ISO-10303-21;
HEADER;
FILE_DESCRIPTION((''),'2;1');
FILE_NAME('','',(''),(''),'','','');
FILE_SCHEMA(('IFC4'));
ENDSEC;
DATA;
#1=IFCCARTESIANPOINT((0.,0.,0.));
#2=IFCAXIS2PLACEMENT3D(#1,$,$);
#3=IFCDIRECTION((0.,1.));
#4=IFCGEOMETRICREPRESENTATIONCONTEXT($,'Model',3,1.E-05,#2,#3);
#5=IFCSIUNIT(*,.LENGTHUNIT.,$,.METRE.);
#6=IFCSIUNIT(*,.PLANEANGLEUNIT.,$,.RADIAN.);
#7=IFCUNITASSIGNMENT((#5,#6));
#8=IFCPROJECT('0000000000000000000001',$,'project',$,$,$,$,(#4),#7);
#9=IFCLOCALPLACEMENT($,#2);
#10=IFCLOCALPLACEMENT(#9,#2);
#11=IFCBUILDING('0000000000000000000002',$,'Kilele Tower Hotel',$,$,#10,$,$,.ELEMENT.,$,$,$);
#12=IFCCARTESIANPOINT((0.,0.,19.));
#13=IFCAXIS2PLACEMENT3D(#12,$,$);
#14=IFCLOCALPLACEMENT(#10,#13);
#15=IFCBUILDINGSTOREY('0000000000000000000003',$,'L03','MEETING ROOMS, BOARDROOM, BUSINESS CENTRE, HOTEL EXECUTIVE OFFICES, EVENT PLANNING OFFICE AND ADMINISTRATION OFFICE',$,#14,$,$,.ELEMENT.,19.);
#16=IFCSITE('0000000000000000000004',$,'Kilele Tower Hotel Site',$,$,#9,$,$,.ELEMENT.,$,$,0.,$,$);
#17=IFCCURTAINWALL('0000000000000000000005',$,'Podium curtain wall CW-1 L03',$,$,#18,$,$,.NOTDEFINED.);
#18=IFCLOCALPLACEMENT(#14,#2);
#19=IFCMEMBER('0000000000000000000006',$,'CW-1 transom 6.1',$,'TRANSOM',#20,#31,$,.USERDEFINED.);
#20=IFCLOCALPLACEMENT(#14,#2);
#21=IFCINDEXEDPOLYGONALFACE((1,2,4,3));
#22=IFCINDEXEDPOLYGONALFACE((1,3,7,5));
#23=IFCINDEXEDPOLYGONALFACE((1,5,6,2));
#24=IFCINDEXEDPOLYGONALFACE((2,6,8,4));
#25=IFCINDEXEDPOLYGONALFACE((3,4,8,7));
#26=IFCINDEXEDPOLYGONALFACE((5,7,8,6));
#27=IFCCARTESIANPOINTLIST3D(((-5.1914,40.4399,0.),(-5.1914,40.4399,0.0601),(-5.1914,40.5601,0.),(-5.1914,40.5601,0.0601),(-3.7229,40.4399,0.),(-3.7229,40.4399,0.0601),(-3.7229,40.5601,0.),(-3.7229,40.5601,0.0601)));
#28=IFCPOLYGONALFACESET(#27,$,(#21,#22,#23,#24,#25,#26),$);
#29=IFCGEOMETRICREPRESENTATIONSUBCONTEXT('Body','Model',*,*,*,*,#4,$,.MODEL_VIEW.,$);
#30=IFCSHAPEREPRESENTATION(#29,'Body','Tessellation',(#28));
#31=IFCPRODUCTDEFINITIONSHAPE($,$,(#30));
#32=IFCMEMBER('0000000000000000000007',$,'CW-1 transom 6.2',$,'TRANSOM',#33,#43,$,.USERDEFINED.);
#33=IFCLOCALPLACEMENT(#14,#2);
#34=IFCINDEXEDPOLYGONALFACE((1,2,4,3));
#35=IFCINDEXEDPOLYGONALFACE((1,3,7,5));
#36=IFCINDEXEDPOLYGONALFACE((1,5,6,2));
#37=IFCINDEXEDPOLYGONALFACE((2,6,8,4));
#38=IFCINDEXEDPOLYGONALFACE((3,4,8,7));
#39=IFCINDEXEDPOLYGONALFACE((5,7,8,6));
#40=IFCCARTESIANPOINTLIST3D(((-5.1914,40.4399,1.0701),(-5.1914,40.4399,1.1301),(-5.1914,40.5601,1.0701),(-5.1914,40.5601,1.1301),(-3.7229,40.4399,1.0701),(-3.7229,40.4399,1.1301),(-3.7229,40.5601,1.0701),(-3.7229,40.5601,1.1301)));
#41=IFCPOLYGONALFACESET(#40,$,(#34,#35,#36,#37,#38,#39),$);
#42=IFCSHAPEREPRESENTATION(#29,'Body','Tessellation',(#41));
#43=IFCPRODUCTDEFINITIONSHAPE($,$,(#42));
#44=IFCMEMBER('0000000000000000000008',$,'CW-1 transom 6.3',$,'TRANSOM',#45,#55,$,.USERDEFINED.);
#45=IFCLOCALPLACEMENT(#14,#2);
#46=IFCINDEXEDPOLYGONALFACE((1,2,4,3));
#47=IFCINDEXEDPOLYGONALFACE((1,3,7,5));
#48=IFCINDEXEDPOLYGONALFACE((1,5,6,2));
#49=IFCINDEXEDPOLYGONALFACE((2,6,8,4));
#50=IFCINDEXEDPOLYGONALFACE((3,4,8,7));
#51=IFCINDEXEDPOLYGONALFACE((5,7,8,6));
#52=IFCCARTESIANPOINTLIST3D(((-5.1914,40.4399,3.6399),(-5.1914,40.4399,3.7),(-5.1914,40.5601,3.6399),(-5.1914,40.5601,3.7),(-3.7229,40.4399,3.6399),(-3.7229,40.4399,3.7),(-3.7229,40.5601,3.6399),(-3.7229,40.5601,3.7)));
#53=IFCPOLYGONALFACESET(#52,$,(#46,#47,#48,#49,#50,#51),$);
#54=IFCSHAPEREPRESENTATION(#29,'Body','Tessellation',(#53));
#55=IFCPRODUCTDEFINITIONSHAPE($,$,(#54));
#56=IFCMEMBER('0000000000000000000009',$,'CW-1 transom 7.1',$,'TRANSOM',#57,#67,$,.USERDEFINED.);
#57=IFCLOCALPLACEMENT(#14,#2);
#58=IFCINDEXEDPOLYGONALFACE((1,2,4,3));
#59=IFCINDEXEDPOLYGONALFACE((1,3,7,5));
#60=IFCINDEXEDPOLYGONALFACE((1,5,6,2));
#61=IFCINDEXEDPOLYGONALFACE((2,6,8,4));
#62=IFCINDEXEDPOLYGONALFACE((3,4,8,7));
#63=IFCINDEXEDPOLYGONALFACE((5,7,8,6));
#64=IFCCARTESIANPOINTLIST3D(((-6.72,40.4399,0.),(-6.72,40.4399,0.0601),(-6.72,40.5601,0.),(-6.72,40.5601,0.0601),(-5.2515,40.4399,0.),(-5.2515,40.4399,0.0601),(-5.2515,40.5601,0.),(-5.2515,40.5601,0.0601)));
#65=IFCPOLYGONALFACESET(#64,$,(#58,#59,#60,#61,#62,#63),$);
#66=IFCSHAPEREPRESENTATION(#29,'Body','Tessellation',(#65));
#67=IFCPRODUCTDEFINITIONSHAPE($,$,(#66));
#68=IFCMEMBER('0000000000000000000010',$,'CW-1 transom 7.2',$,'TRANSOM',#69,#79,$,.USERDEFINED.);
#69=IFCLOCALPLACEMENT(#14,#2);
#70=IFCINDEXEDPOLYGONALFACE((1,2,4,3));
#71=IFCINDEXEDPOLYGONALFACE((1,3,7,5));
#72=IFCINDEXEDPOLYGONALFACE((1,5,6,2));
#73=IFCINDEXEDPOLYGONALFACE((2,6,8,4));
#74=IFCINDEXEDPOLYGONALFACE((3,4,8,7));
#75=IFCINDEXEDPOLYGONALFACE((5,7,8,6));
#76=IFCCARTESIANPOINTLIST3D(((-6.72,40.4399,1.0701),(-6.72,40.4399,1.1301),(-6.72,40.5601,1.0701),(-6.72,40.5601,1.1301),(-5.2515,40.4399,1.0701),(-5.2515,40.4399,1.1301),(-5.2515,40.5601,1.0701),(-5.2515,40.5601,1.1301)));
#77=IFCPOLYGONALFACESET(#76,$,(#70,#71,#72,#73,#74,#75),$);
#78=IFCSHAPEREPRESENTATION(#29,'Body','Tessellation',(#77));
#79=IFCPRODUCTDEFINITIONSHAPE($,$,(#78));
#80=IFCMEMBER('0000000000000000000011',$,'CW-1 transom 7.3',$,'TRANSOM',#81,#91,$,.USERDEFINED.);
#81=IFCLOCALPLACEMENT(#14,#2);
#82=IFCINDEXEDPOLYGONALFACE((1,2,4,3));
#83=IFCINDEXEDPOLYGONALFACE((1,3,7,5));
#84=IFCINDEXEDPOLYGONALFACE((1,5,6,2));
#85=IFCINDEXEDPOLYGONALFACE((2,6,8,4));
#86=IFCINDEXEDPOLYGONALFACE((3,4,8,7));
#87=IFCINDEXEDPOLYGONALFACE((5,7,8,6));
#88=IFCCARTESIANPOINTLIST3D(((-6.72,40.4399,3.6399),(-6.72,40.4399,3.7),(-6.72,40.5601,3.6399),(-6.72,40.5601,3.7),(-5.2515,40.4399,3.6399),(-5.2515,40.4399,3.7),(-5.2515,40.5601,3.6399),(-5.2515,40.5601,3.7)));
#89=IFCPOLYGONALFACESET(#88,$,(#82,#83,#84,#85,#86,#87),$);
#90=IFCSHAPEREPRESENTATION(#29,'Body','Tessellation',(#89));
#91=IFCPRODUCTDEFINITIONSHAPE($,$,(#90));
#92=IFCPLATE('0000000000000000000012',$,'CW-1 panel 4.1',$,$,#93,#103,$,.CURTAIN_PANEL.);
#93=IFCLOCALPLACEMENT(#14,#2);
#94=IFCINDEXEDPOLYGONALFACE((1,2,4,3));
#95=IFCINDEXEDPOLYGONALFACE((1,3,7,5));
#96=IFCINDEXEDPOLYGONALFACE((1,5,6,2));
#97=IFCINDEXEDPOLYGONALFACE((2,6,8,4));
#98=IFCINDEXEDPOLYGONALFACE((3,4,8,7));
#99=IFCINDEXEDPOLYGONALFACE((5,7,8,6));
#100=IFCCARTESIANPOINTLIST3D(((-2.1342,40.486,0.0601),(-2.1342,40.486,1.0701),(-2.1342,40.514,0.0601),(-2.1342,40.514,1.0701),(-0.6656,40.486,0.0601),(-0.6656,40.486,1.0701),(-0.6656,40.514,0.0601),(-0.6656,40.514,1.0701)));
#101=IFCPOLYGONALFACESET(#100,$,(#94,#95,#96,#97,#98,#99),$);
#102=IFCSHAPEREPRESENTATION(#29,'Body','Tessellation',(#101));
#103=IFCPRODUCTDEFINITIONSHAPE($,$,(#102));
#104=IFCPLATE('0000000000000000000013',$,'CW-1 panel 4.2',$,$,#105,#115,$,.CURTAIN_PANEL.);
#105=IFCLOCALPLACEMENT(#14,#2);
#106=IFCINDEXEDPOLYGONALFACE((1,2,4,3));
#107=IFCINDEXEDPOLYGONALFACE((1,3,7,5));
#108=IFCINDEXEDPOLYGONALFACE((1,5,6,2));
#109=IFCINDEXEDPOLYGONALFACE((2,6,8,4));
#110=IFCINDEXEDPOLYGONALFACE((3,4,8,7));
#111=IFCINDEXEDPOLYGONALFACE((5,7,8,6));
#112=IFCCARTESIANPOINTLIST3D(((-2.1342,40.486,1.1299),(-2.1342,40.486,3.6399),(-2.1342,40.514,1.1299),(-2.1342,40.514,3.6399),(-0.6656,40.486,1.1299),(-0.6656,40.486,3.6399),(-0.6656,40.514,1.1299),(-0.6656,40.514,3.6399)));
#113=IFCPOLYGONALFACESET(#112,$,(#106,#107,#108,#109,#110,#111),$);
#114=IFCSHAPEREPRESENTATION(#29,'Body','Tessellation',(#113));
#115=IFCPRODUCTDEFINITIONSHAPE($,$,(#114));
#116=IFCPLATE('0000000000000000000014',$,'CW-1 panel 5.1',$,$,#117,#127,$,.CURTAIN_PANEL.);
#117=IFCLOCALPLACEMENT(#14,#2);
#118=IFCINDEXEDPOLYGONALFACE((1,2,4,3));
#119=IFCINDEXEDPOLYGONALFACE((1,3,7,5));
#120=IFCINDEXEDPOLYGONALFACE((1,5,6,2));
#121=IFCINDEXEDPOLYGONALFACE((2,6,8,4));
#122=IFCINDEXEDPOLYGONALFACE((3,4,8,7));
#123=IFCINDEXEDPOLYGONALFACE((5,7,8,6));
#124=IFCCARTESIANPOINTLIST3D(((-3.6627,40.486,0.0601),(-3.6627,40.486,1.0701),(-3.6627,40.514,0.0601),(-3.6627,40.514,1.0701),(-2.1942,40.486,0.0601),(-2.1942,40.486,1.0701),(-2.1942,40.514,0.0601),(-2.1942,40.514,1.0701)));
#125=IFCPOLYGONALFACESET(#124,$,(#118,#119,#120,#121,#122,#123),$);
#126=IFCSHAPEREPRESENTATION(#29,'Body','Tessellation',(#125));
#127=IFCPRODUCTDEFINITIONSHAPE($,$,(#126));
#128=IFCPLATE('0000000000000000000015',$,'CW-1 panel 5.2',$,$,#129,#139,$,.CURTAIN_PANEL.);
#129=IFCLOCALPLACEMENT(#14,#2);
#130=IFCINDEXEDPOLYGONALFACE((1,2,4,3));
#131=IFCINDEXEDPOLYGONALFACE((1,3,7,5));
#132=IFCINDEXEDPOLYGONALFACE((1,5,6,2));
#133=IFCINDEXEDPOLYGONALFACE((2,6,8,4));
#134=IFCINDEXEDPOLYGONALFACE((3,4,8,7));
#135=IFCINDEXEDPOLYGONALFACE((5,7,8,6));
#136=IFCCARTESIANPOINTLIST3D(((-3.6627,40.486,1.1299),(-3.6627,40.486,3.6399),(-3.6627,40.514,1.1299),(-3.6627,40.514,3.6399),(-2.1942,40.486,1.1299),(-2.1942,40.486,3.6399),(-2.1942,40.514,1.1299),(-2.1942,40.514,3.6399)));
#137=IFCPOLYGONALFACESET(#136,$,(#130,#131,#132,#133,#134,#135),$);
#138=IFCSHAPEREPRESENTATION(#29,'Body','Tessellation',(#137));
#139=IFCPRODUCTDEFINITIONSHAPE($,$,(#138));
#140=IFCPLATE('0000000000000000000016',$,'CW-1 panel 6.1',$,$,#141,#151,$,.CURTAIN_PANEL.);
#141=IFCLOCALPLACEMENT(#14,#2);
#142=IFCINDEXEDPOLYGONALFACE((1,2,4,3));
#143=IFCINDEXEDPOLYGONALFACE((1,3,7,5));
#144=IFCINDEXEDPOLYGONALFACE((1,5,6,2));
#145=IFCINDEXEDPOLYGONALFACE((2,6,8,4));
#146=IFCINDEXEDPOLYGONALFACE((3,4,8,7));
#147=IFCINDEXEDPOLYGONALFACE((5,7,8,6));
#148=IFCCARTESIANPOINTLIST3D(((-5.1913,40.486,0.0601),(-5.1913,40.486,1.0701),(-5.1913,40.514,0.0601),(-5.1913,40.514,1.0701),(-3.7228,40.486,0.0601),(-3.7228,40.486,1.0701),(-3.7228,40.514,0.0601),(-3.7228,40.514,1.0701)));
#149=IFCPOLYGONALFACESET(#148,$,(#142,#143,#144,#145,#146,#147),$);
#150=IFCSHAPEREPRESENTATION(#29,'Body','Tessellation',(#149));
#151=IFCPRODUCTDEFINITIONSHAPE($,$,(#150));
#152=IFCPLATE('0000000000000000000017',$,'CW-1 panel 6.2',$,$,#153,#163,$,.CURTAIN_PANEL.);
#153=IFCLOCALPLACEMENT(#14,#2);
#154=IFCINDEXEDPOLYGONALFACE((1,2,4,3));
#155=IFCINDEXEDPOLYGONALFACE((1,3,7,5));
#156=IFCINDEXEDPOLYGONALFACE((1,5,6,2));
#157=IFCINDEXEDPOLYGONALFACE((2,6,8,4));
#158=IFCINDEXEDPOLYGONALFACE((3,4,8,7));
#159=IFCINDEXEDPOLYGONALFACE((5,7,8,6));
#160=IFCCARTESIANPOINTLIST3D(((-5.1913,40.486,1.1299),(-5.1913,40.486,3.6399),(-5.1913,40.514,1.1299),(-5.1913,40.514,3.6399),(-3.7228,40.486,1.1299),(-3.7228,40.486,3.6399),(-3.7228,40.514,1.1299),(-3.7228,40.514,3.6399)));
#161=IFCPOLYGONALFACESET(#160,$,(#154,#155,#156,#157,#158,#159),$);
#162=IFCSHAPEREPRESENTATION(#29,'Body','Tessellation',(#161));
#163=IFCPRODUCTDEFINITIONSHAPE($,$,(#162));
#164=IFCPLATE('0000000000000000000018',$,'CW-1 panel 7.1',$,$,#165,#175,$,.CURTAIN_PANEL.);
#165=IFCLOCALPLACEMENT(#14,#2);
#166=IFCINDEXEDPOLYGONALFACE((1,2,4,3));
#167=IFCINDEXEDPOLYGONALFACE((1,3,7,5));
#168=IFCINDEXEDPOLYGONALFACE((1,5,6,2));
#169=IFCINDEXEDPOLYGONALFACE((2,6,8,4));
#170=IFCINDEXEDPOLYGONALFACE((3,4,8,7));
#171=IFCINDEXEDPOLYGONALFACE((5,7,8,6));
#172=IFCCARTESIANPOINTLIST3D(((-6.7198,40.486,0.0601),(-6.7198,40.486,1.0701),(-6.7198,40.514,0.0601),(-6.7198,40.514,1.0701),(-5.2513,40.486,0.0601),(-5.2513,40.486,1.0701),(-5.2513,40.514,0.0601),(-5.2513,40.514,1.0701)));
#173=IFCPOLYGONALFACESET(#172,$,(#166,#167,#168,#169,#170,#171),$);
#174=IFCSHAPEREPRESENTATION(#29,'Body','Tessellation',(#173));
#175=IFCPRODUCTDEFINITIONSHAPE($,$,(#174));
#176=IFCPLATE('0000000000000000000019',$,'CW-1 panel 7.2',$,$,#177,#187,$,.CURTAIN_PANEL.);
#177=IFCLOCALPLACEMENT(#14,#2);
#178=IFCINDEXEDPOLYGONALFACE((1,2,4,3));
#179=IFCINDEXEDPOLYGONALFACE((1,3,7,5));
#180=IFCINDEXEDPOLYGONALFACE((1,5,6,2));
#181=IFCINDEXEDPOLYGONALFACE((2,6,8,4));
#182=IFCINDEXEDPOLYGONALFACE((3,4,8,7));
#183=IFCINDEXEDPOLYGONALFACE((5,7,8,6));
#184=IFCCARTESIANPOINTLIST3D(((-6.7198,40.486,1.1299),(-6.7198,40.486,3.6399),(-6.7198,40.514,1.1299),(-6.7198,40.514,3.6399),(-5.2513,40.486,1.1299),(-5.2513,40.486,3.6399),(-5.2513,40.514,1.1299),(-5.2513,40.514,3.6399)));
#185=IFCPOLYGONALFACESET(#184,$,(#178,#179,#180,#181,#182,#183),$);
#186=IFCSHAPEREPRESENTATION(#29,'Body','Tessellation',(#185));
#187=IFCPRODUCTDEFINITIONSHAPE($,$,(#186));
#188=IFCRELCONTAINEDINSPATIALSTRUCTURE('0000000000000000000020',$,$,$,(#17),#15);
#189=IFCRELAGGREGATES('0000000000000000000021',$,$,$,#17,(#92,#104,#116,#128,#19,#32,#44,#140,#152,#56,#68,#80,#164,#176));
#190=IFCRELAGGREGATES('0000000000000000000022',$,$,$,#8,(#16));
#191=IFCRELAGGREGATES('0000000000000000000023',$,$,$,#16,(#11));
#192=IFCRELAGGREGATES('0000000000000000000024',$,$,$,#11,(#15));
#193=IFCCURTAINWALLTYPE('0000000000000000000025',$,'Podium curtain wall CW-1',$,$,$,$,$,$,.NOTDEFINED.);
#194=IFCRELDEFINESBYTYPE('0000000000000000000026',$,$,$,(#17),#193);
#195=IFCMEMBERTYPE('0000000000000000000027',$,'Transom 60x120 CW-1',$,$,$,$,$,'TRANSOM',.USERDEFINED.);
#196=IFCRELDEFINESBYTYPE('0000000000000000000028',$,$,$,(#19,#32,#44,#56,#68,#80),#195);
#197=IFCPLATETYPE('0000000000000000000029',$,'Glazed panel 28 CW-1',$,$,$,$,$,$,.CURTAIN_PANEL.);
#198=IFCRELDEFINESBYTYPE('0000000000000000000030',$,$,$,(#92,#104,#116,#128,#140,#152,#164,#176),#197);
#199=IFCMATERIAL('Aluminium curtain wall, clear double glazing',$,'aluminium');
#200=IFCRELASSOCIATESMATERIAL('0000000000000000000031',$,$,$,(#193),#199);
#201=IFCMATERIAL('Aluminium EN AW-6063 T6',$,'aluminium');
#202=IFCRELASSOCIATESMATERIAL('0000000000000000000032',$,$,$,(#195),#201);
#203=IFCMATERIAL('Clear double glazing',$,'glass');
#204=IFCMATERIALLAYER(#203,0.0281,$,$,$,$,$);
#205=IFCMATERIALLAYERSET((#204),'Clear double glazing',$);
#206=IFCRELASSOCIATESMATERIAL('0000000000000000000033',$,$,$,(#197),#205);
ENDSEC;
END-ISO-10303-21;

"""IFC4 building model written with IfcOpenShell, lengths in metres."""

from ifc_helpers import new_model, si_unit, direction, frame, origin, origin_2d, place, context, subcontext, project, spatial, rectangle, extrude, material, layer, layer_set, material_profile, profile_set, type_object, element, aggregate, save


model = new_model("IFC4")

# Units and contexts
model_context = context("Model", 3, precision=1e-05, world=origin(), true_north=direction((0.0, 1.0)))
body_context = subcontext(model_context, "Body", "Model", "MODEL_VIEW")
ifc_project = project(units=[si_unit("LENGTHUNIT", "METRE"), si_unit("PLANEANGLEUNIT", "RADIAN")], contexts=[model_context])

# Site, building, storey
site_placement = place(None, origin())
site = spatial("IfcSite", under=ifc_project, at=site_placement, Name="Kilele Tower Hotel Site", CompositionType="ELEMENT", RefElevation=0.0)
building_placement = place(site_placement, origin())
building = spatial("IfcBuilding", under=site, at=building_placement, Name="Kilele Tower Hotel", CompositionType="ELEMENT")
storey_placement = place(building_placement, frame((0.0, 0.0, 19.0)))
storey = spatial("IfcBuildingStorey", under=building, at=storey_placement, Name="L03", Description="MEETING ROOMS, BOARDROOM, BUSINESS CENTRE, HOTEL EXECUTIVE OFFICES, EVENT PLANNING OFFICE AND ADMINISTRATION OFFICE", CompositionType="ELEMENT", Elevation=19.0)

# Curtain wall
ifc_material_1 = material(Name="Aluminium curtain wall, clear double glazing", Category="aluminium")
curtain_wall_type = type_object("IfcCurtainWallType", Name="Podium curtain wall CW-1", PredefinedType="NOTDEFINED", material=ifc_material_1)
curtain_wall_placement = place(storey_placement, origin())
curtain_wall = element("IfcCurtainWall", 1, at=curtain_wall_placement, inside=storey, type_object=curtain_wall_type, Name="Podium curtain wall CW-1 L03", PredefinedType="NOTDEFINED")

# Members
ifc_material_2 = material(Name="Aluminium EN AW-6063 T6", Category="aluminium")
ifc_material_profile_1 = material_profile(ifc_material_2, rectangle(XDim=0.1201, YDim=0.0601, at=origin_2d()))
ifc_profile_set_1 = profile_set([ifc_material_profile_1], Name="Aluminium EN AW-6063 T6")
member_type_1 = type_object("IfcMemberType", Name="Transom 60x120 CW-1", ElementType="TRANSOM", PredefinedType="USERDEFINED", material=ifc_profile_set_1)
member_1_placement = place(storey_placement, frame((-3.7229, 40.5, 0.03), z_axis=(-1.0, 0.0, 0.0), x_axis=(0.0, -1.0, 0.0)))
member_1 = element("IfcMember", 2, at=member_1_placement, type_object=member_type_1, Name="CW-1 transom 6.1", ObjectType="TRANSOM", PredefinedType="USERDEFINED", context=body_context, shape_type="SweptSolid", body=[
    extrude(rectangle(XDim=0.1201, YDim=0.0601, at=origin_2d()), origin(), (0.0, 0.0, 1.0), 1.4685),
])
member_2_placement = place(storey_placement, frame((-3.7229, 40.5, 1.1001), z_axis=(-1.0, 0.0, 0.0), x_axis=(0.0, -1.0, 0.0)))
member_2 = element("IfcMember", 3, at=member_2_placement, type_object=member_type_1, Name="CW-1 transom 6.2", ObjectType="TRANSOM", PredefinedType="USERDEFINED", context=body_context, shape_type="SweptSolid", body=[
    extrude(rectangle(XDim=0.1201, YDim=0.0601, at=origin_2d()), origin(), (0.0, 0.0, 1.0), 1.4685),
])
member_3_placement = place(storey_placement, frame((-3.7229, 40.5, 3.6699), z_axis=(-1.0, 0.0, 0.0), x_axis=(0.0, -1.0, 0.0)))
member_3 = element("IfcMember", 4, at=member_3_placement, type_object=member_type_1, Name="CW-1 transom 6.3", ObjectType="TRANSOM", PredefinedType="USERDEFINED", context=body_context, shape_type="SweptSolid", body=[
    extrude(rectangle(XDim=0.1201, YDim=0.0601, at=origin_2d()), origin(), (0.0, 0.0, 1.0), 1.4685),
])
member_4_placement = place(storey_placement, frame((-5.2515, 40.5, 0.03), z_axis=(-1.0, 0.0, 0.0), x_axis=(0.0, -1.0, 0.0)))
member_4 = element("IfcMember", 5, at=member_4_placement, type_object=member_type_1, Name="CW-1 transom 7.1", ObjectType="TRANSOM", PredefinedType="USERDEFINED", context=body_context, shape_type="SweptSolid", body=[
    extrude(rectangle(XDim=0.1201, YDim=0.0601, at=origin_2d()), origin(), (0.0, 0.0, 1.0), 1.4685),
])
member_5_placement = place(storey_placement, frame((-5.2515, 40.5, 1.1001), z_axis=(-1.0, 0.0, 0.0), x_axis=(0.0, -1.0, 0.0)))
member_5 = element("IfcMember", 6, at=member_5_placement, type_object=member_type_1, Name="CW-1 transom 7.2", ObjectType="TRANSOM", PredefinedType="USERDEFINED", context=body_context, shape_type="SweptSolid", body=[
    extrude(rectangle(XDim=0.1201, YDim=0.0601, at=origin_2d()), origin(), (0.0, 0.0, 1.0), 1.4685),
])
member_6_placement = place(storey_placement, frame((-5.2515, 40.5, 3.6699), z_axis=(-1.0, 0.0, 0.0), x_axis=(0.0, -1.0, 0.0)))
member_6 = element("IfcMember", 7, at=member_6_placement, type_object=member_type_1, Name="CW-1 transom 7.3", ObjectType="TRANSOM", PredefinedType="USERDEFINED", context=body_context, shape_type="SweptSolid", body=[
    extrude(rectangle(XDim=0.1201, YDim=0.0601, at=origin_2d()), origin(), (0.0, 0.0, 1.0), 1.4685),
])

# Plates
ifc_material_3 = material(Name="Clear double glazing", Category="glass")
ifc_layer = layer(ifc_material_3, 0.0281)
ifc_layer_set = layer_set([ifc_layer], Name="Clear double glazing")
plate_type = type_object("IfcPlateType", Name="Glazed panel 28 CW-1", PredefinedType="CURTAIN_PANEL", material=ifc_layer_set)
plate_1_placement = place(storey_placement, frame((-1.3999, 40.5, 0.0601), z_axis=(0.0, 0.0, 1.0), x_axis=(-1.0, 0.0, 0.0)))
plate_1 = element("IfcPlate", 8, at=plate_1_placement, type_object=plate_type, Name="CW-1 panel 4.1", PredefinedType="CURTAIN_PANEL", context=body_context, shape_type="SweptSolid", body=[
    extrude(rectangle(XDim=1.4685, YDim=0.0281, at=origin_2d()), origin(), (0.0, 0.0, 1.0), 1.01),
])
plate_2_placement = place(storey_placement, frame((-1.3999, 40.5, 1.1299), z_axis=(0.0, 0.0, 1.0), x_axis=(-1.0, 0.0, 0.0)))
plate_2 = element("IfcPlate", 9, at=plate_2_placement, type_object=plate_type, Name="CW-1 panel 4.2", PredefinedType="CURTAIN_PANEL", context=body_context, shape_type="SweptSolid", body=[
    extrude(rectangle(XDim=1.4685, YDim=0.0281, at=origin_2d()), origin(), (0.0, 0.0, 1.0), 2.51),
])
plate_3_placement = place(storey_placement, frame((-2.9285, 40.5, 0.0601), z_axis=(0.0, 0.0, 1.0), x_axis=(-1.0, 0.0, 0.0)))
plate_3 = element("IfcPlate", 10, at=plate_3_placement, type_object=plate_type, Name="CW-1 panel 5.1", PredefinedType="CURTAIN_PANEL", context=body_context, shape_type="SweptSolid", body=[
    extrude(rectangle(XDim=1.4685, YDim=0.0281, at=origin_2d()), origin(), (0.0, 0.0, 1.0), 1.01),
])
plate_4_placement = place(storey_placement, frame((-2.9285, 40.5, 1.1299), z_axis=(0.0, 0.0, 1.0), x_axis=(-1.0, 0.0, 0.0)))
plate_4 = element("IfcPlate", 11, at=plate_4_placement, type_object=plate_type, Name="CW-1 panel 5.2", PredefinedType="CURTAIN_PANEL", context=body_context, shape_type="SweptSolid", body=[
    extrude(rectangle(XDim=1.4685, YDim=0.0281, at=origin_2d()), origin(), (0.0, 0.0, 1.0), 2.51),
])
plate_5_placement = place(storey_placement, frame((-4.457, 40.5, 0.0601), z_axis=(0.0, 0.0, 1.0), x_axis=(-1.0, 0.0, 0.0)))
plate_5 = element("IfcPlate", 12, at=plate_5_placement, type_object=plate_type, Name="CW-1 panel 6.1", PredefinedType="CURTAIN_PANEL", context=body_context, shape_type="SweptSolid", body=[
    extrude(rectangle(XDim=1.4685, YDim=0.0281, at=origin_2d()), origin(), (0.0, 0.0, 1.0), 1.01),
])
plate_6_placement = place(storey_placement, frame((-4.457, 40.5, 1.1299), z_axis=(0.0, 0.0, 1.0), x_axis=(-1.0, 0.0, 0.0)))
plate_6 = element("IfcPlate", 13, at=plate_6_placement, type_object=plate_type, Name="CW-1 panel 6.2", PredefinedType="CURTAIN_PANEL", context=body_context, shape_type="SweptSolid", body=[
    extrude(rectangle(XDim=1.4685, YDim=0.0281, at=origin_2d()), origin(), (0.0, 0.0, 1.0), 2.51),
])
plate_7_placement = place(storey_placement, frame((-5.9856, 40.5, 0.0601), z_axis=(0.0, 0.0, 1.0), x_axis=(-1.0, 0.0, 0.0)))
plate_7 = element("IfcPlate", 14, at=plate_7_placement, type_object=plate_type, Name="CW-1 panel 7.1", PredefinedType="CURTAIN_PANEL", context=body_context, shape_type="SweptSolid", body=[
    extrude(rectangle(XDim=1.4685, YDim=0.0281, at=origin_2d()), origin(), (0.0, 0.0, 1.0), 1.01),
])
plate_8_placement = place(storey_placement, frame((-5.9856, 40.5, 1.1299), z_axis=(0.0, 0.0, 1.0), x_axis=(-1.0, 0.0, 0.0)))
plate_8 = element("IfcPlate", 15, at=plate_8_placement, type_object=plate_type, Name="CW-1 panel 7.2", PredefinedType="CURTAIN_PANEL", context=body_context, shape_type="SweptSolid", body=[
    extrude(rectangle(XDim=1.4685, YDim=0.0281, at=origin_2d()), origin(), (0.0, 0.0, 1.0), 2.51),
])
aggregate(curtain_wall, [plate_1, plate_2, plate_3, plate_4, member_1, member_2, member_3, plate_5, plate_6, member_4, member_5, member_6, plate_7, plate_8])

save(model, "model.ifc")
